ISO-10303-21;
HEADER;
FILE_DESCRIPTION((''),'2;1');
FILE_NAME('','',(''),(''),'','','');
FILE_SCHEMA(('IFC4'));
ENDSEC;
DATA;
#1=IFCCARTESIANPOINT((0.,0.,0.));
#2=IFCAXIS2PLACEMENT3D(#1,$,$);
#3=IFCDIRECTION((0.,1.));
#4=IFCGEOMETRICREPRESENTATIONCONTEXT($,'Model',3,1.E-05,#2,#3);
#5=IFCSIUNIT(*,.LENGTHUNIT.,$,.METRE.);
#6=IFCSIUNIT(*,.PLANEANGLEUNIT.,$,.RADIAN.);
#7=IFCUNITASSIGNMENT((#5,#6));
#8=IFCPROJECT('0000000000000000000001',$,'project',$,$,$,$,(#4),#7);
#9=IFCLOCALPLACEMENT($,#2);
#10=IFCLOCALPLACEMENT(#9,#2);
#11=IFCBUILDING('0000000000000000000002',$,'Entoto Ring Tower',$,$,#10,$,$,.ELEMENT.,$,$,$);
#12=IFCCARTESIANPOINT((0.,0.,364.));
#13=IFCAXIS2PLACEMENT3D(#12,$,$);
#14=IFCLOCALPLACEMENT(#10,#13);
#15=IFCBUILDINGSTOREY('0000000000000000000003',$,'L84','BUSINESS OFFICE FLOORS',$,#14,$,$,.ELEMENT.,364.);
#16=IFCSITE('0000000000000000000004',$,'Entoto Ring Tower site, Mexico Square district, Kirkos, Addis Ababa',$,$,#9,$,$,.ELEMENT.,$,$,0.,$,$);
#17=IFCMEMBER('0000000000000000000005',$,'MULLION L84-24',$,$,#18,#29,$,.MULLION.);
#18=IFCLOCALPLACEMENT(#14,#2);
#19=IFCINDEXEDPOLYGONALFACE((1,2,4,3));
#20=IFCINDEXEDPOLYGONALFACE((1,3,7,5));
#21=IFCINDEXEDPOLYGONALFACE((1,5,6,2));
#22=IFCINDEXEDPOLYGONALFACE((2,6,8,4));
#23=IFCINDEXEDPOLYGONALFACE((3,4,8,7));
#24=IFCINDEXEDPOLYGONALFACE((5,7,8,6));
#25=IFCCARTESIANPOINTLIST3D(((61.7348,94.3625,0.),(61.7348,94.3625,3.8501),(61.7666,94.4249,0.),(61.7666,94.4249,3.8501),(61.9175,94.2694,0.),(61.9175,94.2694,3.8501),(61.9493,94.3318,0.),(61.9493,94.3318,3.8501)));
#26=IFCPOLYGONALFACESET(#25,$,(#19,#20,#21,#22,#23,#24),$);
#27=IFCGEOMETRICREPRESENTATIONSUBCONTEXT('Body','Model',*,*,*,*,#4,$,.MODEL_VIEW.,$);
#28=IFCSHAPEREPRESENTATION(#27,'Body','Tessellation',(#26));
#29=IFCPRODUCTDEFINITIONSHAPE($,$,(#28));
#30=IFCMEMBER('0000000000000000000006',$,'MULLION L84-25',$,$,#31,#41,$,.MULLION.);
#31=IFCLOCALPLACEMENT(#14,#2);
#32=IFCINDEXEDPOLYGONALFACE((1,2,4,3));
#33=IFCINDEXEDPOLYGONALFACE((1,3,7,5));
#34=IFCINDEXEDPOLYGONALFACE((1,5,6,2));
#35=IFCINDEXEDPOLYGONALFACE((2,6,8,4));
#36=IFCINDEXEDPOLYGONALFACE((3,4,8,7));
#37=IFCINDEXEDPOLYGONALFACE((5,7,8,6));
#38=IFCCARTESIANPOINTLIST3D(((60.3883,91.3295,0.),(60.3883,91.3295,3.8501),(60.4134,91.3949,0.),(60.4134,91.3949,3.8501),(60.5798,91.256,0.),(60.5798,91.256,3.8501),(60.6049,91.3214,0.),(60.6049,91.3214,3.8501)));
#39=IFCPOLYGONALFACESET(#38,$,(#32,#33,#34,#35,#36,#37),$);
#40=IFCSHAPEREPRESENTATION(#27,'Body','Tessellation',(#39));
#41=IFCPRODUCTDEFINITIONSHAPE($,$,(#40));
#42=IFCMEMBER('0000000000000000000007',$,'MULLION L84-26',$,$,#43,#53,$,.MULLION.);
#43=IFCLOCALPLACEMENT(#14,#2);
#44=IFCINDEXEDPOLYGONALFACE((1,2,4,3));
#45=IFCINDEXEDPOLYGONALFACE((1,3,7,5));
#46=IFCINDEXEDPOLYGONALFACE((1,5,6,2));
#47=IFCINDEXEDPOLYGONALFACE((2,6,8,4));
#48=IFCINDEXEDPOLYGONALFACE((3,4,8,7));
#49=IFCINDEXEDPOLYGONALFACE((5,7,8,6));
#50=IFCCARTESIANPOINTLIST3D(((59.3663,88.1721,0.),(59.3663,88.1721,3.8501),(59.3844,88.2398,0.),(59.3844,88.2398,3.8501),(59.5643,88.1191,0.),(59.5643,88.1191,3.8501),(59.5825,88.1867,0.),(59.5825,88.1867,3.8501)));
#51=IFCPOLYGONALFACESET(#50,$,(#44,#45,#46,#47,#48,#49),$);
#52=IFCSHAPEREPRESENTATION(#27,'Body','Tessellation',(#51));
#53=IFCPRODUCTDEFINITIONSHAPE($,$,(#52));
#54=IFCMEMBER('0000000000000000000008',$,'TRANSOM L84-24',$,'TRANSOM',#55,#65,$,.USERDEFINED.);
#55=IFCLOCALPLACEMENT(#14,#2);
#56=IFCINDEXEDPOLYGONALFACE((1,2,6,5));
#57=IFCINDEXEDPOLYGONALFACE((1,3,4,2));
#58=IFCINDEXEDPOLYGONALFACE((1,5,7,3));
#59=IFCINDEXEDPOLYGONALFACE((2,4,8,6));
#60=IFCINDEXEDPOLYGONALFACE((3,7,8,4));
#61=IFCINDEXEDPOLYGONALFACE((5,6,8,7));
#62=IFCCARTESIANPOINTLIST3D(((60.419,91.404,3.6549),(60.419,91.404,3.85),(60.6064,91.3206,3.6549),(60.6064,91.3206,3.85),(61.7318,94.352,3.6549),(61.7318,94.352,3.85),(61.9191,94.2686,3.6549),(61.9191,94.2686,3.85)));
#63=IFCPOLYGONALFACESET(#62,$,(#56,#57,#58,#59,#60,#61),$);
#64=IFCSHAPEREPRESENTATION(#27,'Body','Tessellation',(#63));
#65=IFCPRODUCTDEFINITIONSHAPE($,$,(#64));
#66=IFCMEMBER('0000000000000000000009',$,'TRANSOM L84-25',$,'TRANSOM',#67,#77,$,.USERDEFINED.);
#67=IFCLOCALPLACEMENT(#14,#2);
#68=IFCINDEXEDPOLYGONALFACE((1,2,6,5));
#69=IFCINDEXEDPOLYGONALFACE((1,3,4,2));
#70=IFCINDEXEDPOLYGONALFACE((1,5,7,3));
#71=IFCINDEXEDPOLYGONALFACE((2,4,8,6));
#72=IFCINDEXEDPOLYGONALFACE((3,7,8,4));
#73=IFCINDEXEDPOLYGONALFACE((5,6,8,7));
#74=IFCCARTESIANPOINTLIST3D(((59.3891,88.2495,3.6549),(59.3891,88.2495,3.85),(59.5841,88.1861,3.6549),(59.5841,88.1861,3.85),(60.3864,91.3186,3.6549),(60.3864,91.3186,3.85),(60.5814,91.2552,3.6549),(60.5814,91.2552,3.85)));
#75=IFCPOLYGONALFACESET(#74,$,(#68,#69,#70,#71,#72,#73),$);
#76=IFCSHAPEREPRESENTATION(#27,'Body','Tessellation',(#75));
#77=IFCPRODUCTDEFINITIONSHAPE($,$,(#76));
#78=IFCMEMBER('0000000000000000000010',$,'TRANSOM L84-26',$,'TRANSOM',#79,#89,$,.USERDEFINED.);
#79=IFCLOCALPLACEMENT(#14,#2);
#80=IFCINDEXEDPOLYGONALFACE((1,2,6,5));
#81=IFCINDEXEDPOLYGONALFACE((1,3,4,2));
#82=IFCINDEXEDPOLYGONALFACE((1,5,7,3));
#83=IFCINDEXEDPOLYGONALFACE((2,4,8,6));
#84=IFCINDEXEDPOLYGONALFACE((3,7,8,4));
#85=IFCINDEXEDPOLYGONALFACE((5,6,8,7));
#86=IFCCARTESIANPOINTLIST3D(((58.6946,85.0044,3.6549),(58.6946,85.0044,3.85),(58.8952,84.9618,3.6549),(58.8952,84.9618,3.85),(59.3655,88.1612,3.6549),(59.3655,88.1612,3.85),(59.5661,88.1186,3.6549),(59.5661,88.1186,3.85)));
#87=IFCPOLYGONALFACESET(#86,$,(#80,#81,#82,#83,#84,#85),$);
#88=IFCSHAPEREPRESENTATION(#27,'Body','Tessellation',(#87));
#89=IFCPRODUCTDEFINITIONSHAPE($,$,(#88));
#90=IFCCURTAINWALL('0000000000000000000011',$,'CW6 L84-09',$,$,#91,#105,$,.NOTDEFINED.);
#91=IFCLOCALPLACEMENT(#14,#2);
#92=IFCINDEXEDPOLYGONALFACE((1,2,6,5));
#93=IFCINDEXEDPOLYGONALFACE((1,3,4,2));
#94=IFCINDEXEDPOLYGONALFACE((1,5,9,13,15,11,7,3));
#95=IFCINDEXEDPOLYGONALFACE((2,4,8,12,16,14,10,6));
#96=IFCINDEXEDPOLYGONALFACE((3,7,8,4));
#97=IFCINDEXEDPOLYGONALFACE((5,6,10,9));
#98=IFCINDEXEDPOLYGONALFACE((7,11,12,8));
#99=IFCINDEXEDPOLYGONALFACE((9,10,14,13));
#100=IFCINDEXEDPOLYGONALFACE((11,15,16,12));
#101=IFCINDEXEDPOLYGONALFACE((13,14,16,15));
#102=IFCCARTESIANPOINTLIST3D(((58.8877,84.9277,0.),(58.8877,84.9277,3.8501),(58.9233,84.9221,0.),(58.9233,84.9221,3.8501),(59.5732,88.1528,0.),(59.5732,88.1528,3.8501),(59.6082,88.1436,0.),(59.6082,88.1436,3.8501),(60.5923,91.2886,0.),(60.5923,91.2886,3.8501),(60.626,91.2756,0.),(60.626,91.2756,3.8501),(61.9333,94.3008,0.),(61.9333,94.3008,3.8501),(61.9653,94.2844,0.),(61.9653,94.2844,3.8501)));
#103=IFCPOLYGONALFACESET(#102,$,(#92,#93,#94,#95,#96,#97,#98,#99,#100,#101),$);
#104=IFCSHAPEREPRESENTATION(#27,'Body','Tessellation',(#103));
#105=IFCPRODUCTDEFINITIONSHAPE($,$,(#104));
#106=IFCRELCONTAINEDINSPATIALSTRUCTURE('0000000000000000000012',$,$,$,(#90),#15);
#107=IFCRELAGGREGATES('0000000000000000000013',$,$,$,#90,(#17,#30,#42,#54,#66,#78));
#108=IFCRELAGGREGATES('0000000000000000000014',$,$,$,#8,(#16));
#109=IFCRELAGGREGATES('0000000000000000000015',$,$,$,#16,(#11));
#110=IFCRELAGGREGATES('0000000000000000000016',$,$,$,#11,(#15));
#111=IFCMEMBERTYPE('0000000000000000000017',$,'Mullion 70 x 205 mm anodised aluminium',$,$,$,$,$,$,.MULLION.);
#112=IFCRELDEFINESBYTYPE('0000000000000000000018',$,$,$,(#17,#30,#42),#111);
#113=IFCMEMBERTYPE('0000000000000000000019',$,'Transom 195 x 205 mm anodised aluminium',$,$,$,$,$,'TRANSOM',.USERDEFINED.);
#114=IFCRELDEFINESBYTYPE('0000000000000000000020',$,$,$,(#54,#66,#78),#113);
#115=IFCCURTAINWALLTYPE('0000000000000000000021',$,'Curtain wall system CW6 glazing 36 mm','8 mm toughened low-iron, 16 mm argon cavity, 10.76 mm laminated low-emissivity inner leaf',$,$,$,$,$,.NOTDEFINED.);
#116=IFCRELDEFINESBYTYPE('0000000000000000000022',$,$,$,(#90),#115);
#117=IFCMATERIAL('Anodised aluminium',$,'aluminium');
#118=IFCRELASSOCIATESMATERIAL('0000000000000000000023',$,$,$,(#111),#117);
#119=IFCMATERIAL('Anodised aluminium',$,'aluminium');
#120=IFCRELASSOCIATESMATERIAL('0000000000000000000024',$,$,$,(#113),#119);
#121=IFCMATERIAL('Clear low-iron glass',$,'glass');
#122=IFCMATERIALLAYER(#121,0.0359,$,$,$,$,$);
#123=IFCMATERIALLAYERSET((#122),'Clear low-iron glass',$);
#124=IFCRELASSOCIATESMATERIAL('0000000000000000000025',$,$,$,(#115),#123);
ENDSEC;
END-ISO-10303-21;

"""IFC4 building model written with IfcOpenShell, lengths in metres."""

from ifc_helpers import new_model, si_unit, direction, frame, origin, origin_2d, place, context, subcontext, project, spatial, polyline, rectangle, outline, extrude, material, layer, layer_set, material_profile, profile_set, type_object, element, aggregate, save


model = new_model("IFC4")

# Units and contexts
model_context = context("Model", 3, precision=1e-05, world=origin(), true_north=direction((0.0, 1.0)))
body_context = subcontext(model_context, "Body", "Model", "MODEL_VIEW")
ifc_project = project(units=[si_unit("LENGTHUNIT", "METRE"), si_unit("PLANEANGLEUNIT", "RADIAN")], contexts=[model_context])

# Members
ifc_material_1 = material(Name="Anodised aluminium", Category="aluminium")
ifc_material_profile_1 = material_profile(ifc_material_1, rectangle(XDim=0.0701, YDim=0.2051, at=origin_2d()), Name="Mullion 70 x 205 mm anodised aluminium")
ifc_profile_set_1 = profile_set([ifc_material_profile_1], Name="Anodised aluminium")
member_type_1 = type_object("IfcMemberType", Name="Mullion 70 x 205 mm anodised aluminium", PredefinedType="MULLION", material=ifc_profile_set_1)
site_placement = place(None, origin())
building_placement = place(site_placement, origin())
storey_placement = place(building_placement, frame((0.0, 0.0, 364.0)))
member_1_placement = place(storey_placement, frame((61.842, 94.3472, 0.0), z_axis=(0.0, 0.0, 1.0), x_axis=(-0.45399, -0.891007, 0.0)))
member_1 = element("IfcMember", 1, at=member_1_placement, type_object=member_type_1, Name="MULLION L84-24", PredefinedType="MULLION", context=body_context, shape_type="SweptSolid", body=[
    extrude(rectangle(XDim=0.0701, YDim=0.2051, at=origin_2d()), origin(), (0.0, 0.0, 1.0), 3.8501),
])
member_2_placement = place(storey_placement, frame((60.4966, 91.3254, 0.0), z_axis=(0.0, 0.0, 1.0), x_axis=(-0.358368, -0.93358, 0.0)))
member_2 = element("IfcMember", 2, at=member_2_placement, type_object=member_type_1, Name="MULLION L84-25", PredefinedType="MULLION", context=body_context, shape_type="SweptSolid", body=[
    extrude(rectangle(XDim=0.0701, YDim=0.2051, at=origin_2d()), origin(), (0.0, 0.0, 1.0), 3.8501),
])
member_3_placement = place(storey_placement, frame((59.4744, 88.1794, 0.0), z_axis=(0.0, 0.0, 1.0), x_axis=(-0.258819, -0.965926, 0.0)))
member_3 = element("IfcMember", 3, at=member_3_placement, type_object=member_type_1, Name="MULLION L84-26", PredefinedType="MULLION", context=body_context, shape_type="SweptSolid", body=[
    extrude(rectangle(XDim=0.0701, YDim=0.2051, at=origin_2d()), origin(), (0.0, 0.0, 1.0), 3.8501),
])
ifc_material_2 = material(Name="Anodised aluminium", Category="aluminium")
ifc_material_profile_2 = material_profile(ifc_material_2, rectangle(XDim=0.2051, YDim=0.1951, at=origin_2d()), Name="Transom 195 x 205 mm anodised aluminium")
ifc_profile_set_2 = profile_set([ifc_material_profile_2], Name="Anodised aluminium")
member_type_2 = type_object("IfcMemberType", Name="Transom 195 x 205 mm anodised aluminium", ElementType="TRANSOM", PredefinedType="USERDEFINED", material=ifc_profile_set_2)
member_4_placement = place(storey_placement, frame((61.8254, 94.3103, 3.7524), z_axis=(-0.406791, -0.913521, 0.0), x_axis=(0.913521, -0.406791, 0.0)))
member_4 = element("IfcMember", 4, at=member_4_placement, type_object=member_type_2, Name="TRANSOM L84-24", ObjectType="TRANSOM", PredefinedType="USERDEFINED", context=body_context, shape_type="SweptSolid", body=[
    extrude(rectangle(XDim=0.2051, YDim=0.1951, at=origin_2d()), origin(), (0.0, 0.0, 1.0), 3.2271),
])
member_5_placement = place(storey_placement, frame((60.4839, 91.2869, 3.7524), z_axis=(-0.309047, -0.951047, 0.0), x_axis=(0.951047, -0.309047, 0.0)))
member_5 = element("IfcMember", 5, at=member_5_placement, type_object=member_type_2, Name="TRANSOM L84-25", ObjectType="TRANSOM", PredefinedType="USERDEFINED", context=body_context, shape_type="SweptSolid", body=[
    extrude(rectangle(XDim=0.2051, YDim=0.1951, at=origin_2d()), origin(), (0.0, 0.0, 1.0), 3.2271),
])
member_6_placement = place(storey_placement, frame((59.4658, 88.1399, 3.7524), z_axis=(-0.207886, -0.978153, 0.0), x_axis=(0.978153, -0.207886, 0.0)))
member_6 = element("IfcMember", 6, at=member_6_placement, type_object=member_type_2, Name="TRANSOM L84-26", ObjectType="TRANSOM", PredefinedType="USERDEFINED", context=body_context, shape_type="SweptSolid", body=[
    extrude(rectangle(XDim=0.2051, YDim=0.1951, at=origin_2d()), origin(), (0.0, 0.0, 1.0), 3.2273),
])

# Site, building, storey
site = spatial("IfcSite", under=ifc_project, at=site_placement, Name="Entoto Ring Tower site, Mexico Square district, Kirkos, Addis Ababa", CompositionType="ELEMENT", RefElevation=0.0)
building = spatial("IfcBuilding", under=site, at=building_placement, Name="Entoto Ring Tower", CompositionType="ELEMENT")
storey = spatial("IfcBuildingStorey", under=building, at=storey_placement, Name="L84", Description="BUSINESS OFFICE FLOORS", CompositionType="ELEMENT", Elevation=364.0)

# Curtain wall
ifc_material_3 = material(Name="Clear low-iron glass", Category="glass")
ifc_layer = layer(ifc_material_3, 0.0359)
ifc_layer_set = layer_set([ifc_layer], Name="Clear low-iron glass")
curtain_wall_type = type_object("IfcCurtainWallType", Name="Curtain wall system CW6 glazing 36 mm", Description="8 mm toughened low-iron, 16 mm argon cavity, 10.76 mm laminated low-emissivity inner leaf", PredefinedType="NOTDEFINED", material=ifc_layer_set)
curtain_wall_1_placement = place(storey_placement, origin())
curtain_wall_1 = element("IfcCurtainWall", 7, at=curtain_wall_1_placement, inside=storey, type_object=curtain_wall_type, Name="CW6 L84-09", PredefinedType="NOTDEFINED", context=body_context, shape_type="SweptSolid", body=[
    extrude(outline(polyline([(61.9333, 94.3008), (60.5923, 91.2886), (59.5732, 88.1528), (58.8877, 84.9277), (58.9233, 84.9221), (59.6082, 88.1436), (60.626, 91.2756), (61.9653, 94.2844), (61.9333, 94.3008)])), origin(), (0.0, 0.0, 1.0), 3.8501),
])
aggregate(curtain_wall_1, [member_1, member_2, member_3, member_4, member_5, member_6])

save(model, "model.ifc")
